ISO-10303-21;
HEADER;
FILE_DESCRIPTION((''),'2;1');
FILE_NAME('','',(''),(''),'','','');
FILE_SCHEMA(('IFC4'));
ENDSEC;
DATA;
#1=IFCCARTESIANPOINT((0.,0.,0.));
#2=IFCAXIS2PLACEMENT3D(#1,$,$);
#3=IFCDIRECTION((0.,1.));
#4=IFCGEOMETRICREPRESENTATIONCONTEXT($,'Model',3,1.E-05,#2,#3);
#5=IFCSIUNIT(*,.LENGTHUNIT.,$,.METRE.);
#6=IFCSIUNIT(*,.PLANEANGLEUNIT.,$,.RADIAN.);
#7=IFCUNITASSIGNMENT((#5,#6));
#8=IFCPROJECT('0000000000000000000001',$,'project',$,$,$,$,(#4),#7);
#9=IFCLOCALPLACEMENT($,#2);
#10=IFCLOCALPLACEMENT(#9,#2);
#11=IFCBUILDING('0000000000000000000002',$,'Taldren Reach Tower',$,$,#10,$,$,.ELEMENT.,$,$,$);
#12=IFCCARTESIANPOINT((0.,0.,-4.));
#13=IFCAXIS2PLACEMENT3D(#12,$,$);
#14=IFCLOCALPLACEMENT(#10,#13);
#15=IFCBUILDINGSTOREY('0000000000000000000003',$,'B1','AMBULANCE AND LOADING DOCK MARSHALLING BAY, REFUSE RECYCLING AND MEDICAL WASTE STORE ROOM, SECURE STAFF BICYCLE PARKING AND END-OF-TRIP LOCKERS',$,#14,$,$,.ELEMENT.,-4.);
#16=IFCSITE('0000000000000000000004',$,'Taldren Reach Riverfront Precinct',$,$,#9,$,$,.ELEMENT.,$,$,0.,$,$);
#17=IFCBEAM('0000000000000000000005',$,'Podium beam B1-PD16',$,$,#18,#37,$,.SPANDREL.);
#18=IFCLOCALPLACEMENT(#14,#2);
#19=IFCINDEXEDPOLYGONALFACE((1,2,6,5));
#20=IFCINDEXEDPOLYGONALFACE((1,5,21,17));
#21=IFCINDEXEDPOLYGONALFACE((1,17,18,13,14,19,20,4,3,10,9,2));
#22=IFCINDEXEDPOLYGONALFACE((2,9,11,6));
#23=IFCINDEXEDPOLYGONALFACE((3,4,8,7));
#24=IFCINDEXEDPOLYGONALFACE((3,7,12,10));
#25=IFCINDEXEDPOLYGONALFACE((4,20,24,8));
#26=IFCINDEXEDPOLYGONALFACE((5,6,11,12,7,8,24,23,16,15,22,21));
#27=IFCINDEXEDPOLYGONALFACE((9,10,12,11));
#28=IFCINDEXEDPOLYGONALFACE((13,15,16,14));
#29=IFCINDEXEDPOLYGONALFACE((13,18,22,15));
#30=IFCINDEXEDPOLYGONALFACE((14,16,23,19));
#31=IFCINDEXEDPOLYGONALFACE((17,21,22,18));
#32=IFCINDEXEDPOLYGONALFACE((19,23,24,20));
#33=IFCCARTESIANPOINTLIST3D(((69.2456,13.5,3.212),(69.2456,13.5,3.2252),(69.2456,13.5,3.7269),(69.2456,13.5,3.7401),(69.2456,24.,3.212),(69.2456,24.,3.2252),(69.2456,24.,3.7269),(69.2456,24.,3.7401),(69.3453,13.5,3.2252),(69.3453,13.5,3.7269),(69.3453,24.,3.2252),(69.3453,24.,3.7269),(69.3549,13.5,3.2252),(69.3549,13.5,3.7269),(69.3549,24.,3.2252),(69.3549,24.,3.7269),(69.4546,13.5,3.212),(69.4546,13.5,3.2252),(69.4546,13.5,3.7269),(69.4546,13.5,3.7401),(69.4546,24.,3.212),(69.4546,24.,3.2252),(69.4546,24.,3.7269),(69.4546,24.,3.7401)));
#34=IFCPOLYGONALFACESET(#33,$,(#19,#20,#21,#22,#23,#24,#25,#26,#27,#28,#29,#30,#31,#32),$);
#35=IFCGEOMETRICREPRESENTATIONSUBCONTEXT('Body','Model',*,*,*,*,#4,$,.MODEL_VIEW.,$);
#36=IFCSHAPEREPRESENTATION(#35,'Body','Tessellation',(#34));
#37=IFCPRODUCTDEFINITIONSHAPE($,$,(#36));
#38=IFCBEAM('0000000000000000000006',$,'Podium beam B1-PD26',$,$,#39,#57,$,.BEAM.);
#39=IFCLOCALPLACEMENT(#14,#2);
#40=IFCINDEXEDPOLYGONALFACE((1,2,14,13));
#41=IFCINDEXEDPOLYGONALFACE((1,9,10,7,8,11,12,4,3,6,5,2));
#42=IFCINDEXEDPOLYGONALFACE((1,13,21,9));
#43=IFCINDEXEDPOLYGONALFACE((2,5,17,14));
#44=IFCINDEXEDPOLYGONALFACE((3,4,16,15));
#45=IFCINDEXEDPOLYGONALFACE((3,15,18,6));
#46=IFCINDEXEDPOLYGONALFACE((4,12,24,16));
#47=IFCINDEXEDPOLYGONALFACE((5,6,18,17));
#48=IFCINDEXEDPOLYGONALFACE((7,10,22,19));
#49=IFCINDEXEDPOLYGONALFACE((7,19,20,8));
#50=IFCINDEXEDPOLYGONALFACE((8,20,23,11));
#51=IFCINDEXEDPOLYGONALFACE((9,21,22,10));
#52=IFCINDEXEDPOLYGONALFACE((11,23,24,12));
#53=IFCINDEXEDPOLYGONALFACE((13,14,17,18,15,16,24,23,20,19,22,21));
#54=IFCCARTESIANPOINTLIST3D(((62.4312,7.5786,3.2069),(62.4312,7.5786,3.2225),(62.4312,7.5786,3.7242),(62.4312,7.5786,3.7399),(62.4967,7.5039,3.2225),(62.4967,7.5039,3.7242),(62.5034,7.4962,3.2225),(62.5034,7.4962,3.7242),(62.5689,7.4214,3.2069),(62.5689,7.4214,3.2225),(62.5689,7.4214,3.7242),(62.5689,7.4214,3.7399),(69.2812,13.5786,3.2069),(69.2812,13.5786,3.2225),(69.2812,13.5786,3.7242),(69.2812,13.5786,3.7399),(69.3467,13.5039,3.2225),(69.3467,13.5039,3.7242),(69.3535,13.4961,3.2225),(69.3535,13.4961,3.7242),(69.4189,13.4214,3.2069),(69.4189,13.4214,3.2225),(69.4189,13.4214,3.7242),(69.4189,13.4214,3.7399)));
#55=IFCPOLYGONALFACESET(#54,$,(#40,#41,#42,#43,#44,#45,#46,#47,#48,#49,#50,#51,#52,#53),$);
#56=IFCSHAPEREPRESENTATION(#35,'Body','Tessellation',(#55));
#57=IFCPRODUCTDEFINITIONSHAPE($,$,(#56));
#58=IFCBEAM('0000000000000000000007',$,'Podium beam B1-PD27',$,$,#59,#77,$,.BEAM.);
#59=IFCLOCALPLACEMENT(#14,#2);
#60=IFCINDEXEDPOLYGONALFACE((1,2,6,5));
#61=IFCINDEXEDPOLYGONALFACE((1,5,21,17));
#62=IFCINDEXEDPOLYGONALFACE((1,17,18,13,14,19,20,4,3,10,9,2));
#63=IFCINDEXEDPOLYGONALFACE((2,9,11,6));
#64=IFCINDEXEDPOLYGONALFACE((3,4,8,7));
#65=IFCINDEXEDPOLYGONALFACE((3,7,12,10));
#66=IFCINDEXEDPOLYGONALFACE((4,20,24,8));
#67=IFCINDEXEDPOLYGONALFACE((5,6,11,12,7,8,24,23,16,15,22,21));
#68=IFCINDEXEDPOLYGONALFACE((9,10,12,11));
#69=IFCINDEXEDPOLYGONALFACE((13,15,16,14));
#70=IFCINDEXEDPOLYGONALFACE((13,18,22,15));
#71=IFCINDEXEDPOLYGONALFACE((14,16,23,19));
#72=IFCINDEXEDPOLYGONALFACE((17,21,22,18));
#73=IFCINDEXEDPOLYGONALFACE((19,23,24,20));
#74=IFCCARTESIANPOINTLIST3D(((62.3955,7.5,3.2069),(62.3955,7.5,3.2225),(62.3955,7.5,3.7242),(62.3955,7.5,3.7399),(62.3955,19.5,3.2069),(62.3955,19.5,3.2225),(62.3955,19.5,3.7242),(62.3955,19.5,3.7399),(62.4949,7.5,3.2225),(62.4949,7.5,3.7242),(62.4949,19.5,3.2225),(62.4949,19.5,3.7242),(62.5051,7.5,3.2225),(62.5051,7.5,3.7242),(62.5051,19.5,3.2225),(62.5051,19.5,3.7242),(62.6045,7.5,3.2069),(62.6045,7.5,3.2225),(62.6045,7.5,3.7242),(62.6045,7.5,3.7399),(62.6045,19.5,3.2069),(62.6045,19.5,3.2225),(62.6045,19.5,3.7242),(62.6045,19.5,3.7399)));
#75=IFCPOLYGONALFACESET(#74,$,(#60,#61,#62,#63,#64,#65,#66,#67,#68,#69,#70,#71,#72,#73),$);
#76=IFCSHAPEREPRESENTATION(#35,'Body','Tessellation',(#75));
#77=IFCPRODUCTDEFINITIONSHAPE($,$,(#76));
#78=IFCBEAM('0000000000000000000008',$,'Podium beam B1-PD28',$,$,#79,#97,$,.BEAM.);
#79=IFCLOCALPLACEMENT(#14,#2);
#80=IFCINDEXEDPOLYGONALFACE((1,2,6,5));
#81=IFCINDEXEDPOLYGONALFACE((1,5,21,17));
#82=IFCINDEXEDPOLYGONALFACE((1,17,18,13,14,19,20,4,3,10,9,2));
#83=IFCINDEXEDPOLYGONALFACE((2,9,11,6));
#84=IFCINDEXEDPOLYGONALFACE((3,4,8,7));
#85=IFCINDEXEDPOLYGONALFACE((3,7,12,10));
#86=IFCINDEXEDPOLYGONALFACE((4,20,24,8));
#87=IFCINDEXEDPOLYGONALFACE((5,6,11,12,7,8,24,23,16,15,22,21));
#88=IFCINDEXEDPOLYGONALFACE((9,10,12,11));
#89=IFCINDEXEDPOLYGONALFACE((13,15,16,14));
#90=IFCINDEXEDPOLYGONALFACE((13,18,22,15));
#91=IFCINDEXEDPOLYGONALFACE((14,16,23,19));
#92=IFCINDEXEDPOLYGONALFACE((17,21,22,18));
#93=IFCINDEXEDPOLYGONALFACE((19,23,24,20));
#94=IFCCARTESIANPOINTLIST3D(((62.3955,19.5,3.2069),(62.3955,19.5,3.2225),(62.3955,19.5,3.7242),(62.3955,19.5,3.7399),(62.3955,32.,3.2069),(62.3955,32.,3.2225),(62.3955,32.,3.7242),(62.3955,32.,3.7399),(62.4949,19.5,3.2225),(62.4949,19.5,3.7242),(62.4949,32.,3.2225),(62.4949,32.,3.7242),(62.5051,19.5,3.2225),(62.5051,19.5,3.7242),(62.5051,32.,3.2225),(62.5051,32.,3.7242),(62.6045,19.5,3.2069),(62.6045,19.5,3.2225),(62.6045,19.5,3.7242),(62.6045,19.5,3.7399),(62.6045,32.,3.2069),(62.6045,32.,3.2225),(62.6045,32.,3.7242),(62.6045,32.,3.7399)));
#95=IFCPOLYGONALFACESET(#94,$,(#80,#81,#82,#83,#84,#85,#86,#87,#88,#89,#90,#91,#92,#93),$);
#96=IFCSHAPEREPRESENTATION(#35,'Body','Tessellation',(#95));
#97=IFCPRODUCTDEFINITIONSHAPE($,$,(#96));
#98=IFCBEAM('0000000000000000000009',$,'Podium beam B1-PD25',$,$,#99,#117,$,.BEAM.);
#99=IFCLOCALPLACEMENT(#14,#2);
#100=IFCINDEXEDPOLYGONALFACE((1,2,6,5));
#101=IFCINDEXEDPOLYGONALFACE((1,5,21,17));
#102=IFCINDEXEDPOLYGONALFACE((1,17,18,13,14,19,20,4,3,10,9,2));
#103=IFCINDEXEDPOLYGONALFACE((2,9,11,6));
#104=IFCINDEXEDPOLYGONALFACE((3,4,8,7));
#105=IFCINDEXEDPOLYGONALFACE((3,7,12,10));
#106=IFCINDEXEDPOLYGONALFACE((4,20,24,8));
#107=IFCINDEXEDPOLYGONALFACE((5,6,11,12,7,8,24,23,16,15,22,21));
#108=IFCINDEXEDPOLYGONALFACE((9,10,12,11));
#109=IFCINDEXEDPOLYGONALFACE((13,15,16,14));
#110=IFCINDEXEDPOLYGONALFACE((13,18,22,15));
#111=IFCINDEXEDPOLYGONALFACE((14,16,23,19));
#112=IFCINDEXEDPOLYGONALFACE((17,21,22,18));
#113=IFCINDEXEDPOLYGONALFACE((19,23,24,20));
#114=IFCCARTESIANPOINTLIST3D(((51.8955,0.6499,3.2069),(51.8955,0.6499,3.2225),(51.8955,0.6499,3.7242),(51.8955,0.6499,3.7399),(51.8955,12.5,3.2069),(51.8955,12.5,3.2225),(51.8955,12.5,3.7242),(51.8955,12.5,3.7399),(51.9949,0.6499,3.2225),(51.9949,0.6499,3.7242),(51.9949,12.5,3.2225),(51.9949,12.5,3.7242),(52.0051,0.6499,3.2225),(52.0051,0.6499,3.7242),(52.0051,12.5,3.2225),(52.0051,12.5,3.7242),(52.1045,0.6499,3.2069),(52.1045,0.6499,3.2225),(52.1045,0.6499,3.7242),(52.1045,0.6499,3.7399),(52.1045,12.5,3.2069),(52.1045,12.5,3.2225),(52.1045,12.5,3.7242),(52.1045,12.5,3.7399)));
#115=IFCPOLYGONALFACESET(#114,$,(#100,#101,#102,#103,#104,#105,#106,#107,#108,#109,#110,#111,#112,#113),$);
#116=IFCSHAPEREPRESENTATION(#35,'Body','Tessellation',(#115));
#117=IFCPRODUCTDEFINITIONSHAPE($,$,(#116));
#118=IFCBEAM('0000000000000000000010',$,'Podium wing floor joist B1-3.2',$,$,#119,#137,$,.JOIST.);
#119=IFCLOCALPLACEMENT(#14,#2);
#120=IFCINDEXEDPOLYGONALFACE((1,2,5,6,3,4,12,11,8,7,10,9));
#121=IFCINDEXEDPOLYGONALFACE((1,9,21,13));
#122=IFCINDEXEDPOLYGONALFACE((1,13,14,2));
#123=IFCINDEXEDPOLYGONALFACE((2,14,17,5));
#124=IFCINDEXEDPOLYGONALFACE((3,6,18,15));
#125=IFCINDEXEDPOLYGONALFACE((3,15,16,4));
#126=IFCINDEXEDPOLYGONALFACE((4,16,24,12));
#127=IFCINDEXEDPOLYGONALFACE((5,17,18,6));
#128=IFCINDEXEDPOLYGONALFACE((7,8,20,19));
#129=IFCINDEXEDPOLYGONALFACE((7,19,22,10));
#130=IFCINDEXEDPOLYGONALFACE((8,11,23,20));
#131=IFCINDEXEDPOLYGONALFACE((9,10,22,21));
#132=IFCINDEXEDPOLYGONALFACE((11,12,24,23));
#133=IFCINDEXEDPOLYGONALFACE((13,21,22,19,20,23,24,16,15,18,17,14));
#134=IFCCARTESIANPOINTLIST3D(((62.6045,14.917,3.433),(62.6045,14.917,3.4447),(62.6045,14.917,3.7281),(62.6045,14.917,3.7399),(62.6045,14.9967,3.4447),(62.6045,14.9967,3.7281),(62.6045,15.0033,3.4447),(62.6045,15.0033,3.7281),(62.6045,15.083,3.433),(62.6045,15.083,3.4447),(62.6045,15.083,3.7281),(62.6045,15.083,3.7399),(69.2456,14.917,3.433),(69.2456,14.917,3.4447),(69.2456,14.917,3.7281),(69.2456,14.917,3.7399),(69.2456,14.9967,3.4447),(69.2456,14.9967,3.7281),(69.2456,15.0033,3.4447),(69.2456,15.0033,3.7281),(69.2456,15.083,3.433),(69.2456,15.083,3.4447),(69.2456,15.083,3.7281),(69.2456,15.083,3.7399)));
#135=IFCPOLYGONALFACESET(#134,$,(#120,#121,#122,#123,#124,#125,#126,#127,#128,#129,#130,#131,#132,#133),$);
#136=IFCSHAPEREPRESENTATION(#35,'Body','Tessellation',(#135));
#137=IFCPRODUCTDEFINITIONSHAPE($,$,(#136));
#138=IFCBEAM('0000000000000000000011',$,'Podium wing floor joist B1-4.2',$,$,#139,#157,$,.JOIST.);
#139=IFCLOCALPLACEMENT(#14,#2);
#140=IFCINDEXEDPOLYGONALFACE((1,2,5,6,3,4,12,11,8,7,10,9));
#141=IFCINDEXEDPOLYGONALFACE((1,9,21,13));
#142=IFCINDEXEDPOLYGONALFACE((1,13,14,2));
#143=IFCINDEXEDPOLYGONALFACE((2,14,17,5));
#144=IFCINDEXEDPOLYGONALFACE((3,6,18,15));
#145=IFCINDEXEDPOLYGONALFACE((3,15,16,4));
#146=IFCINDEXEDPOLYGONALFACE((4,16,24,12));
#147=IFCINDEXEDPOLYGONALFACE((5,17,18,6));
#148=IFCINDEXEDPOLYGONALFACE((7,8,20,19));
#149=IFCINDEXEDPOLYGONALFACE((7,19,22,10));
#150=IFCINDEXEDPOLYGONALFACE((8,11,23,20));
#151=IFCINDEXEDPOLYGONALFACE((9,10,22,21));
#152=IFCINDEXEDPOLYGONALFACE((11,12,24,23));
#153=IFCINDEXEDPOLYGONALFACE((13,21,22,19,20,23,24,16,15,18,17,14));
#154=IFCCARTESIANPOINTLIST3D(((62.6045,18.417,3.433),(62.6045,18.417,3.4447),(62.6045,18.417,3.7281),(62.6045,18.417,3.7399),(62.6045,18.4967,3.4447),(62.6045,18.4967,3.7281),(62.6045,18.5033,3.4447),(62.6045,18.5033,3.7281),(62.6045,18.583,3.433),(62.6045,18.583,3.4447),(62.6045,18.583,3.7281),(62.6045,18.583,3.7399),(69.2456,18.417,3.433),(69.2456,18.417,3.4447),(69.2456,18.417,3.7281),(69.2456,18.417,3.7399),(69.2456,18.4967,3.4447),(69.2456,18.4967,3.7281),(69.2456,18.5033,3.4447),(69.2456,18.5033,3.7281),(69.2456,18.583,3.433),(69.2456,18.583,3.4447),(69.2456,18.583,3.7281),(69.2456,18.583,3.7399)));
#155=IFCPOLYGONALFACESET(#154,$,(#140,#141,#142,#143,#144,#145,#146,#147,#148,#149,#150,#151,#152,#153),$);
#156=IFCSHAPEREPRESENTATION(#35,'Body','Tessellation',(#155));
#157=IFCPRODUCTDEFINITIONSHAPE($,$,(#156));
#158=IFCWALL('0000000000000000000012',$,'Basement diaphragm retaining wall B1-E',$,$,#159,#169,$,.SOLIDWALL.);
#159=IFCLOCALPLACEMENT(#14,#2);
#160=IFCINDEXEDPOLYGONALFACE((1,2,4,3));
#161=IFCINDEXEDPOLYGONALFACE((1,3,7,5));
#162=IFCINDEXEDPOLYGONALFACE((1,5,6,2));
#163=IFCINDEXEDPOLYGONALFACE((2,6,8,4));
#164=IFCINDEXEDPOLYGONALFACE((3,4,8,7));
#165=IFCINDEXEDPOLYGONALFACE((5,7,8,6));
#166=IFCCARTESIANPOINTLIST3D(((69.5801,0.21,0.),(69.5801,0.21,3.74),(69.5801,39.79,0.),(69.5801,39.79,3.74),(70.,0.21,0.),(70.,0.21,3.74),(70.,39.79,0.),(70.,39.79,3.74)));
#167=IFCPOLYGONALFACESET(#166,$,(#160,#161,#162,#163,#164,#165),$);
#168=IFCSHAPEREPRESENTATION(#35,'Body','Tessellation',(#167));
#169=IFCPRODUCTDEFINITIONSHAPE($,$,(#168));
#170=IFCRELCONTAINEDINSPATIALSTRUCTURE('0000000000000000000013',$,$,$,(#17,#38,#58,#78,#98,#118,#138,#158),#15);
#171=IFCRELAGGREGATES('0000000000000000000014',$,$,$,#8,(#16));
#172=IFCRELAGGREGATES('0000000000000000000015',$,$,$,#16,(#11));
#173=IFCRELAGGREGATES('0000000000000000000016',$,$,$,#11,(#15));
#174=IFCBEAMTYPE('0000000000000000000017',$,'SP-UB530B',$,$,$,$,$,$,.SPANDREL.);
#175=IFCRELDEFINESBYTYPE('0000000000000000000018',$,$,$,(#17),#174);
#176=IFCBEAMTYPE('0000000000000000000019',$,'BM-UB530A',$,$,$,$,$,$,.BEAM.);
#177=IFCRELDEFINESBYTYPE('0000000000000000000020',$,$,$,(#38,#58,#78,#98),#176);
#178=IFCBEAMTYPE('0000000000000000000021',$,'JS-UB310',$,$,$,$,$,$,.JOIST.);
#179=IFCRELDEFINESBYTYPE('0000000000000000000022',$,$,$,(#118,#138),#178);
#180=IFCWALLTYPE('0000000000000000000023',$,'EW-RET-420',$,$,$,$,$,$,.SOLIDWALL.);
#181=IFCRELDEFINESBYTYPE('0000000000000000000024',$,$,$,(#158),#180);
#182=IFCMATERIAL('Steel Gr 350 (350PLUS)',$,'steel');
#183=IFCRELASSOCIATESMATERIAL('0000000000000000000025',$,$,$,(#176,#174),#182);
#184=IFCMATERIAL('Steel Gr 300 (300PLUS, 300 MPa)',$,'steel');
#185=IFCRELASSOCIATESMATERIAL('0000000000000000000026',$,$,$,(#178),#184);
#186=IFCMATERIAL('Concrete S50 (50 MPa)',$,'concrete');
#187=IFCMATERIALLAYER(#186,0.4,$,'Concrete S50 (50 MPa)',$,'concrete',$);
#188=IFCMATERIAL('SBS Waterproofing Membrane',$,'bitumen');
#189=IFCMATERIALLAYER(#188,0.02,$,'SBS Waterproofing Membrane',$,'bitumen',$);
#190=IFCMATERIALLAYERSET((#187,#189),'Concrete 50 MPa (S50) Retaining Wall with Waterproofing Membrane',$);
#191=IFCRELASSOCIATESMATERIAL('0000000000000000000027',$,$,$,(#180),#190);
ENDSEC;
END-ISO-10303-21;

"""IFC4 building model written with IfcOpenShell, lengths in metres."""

from ifc_helpers import new_model, si_unit, direction, frame, frame_2d, origin, origin_2d, place, context, subcontext, project, spatial, rectangle, i_section, extrude, source, transform, mapped, material, layer, layer_set, material_profile, profile_set, type_object, element, save


model = new_model("IFC4")

# Units and contexts
model_context = context("Model", 3, precision=1e-05, world=origin(), true_north=direction((0.0, 1.0)))
body_context = subcontext(model_context, "Body", "Model", "MODEL_VIEW")
ifc_project = project(units=[si_unit("LENGTHUNIT", "METRE"), si_unit("PLANEANGLEUNIT", "RADIAN")], contexts=[model_context])

# Site, building, storey
site_placement = place(None, origin())
site = spatial("IfcSite", under=ifc_project, at=site_placement, Name="Taldren Reach Riverfront Precinct", CompositionType="ELEMENT", RefElevation=0.0)
building_placement = place(site_placement, origin())
building = spatial("IfcBuilding", under=site, at=building_placement, Name="Taldren Reach Tower", CompositionType="ELEMENT")
storey_placement = place(building_placement, frame((0.0, 0.0, -4.0)))
storey = spatial("IfcBuildingStorey", under=building, at=storey_placement, Name="B1", Description="AMBULANCE AND LOADING DOCK MARSHALLING BAY, REFUSE RECYCLING AND MEDICAL WASTE STORE ROOM, SECURE STAFF BICYCLE PARKING AND END-OF-TRIP LOCKERS", CompositionType="ELEMENT", Elevation=-4.0)

# Beams
ifc_material_1 = material(Name="Steel Gr 350 (350PLUS)", Category="steel")
ifc_material_profile_1 = material_profile(ifc_material_1, i_section(OverallWidth=0.209, OverallDepth=0.533, WebThickness=0.0103, FlangeThickness=0.0156, at=origin_2d()), Name="530UB92.4")
ifc_profile_set_1 = profile_set([ifc_material_profile_1], Name="Steel Gr 350 (350PLUS)")
beam_type_1 = type_object("IfcBeamType", Name="BM-UB530A", PredefinedType="BEAM", material=ifc_profile_set_1)
ifc_material_profile_2 = material_profile(ifc_material_1, i_section(OverallWidth=0.209, OverallDepth=0.5281, WebThickness=0.0095, FlangeThickness=0.0132, at=origin_2d()), Name="530UB82.0")
ifc_profile_set_2 = profile_set([ifc_material_profile_2], Name="Steel Gr 350 (350PLUS)")
beam_type_2 = type_object("IfcBeamType", Name="SP-UB530B", PredefinedType="SPANDREL", material=ifc_profile_set_2)
shared_shape_1 = source(origin(), body_context, "Body", "SweptSolid", [
    extrude(i_section(OverallWidth=0.209, OverallDepth=0.5281, WebThickness=0.0095, FlangeThickness=0.0132, at=origin_2d()), origin(), (0.0, 0.0, 1.0), 10.5),
])
beam_1_placement = place(storey_placement, frame((69.3501, 13.5, 3.4761), z_axis=(0.0, 1.0, 0.0), x_axis=(-1.0, 0.0, 0.0)))
element("IfcBeam", 1, at=beam_1_placement, inside=storey, type_object=beam_type_2, Name="Podium beam B1-PD16", PredefinedType="SPANDREL", context=body_context, shape_type="MappedRepresentation", body=[
    mapped(shared_shape_1, transform((0.0, 0.0, 0.0), scale=1.0)),
])
shared_shape_2 = source(origin(), body_context, "Body", "SweptSolid", [
    extrude(i_section(OverallWidth=0.209, OverallDepth=0.533, WebThickness=0.0103, FlangeThickness=0.0156, at=origin_2d()), origin(), (0.0, 0.0, 1.0), 9.1062),
])
beam_2_placement = place(storey_placement, frame((69.3501, 13.5, 3.4734), z_axis=(-0.752241, -0.658888, 0.0), x_axis=(0.658888, -0.752241, 0.0)))
element("IfcBeam", 2, at=beam_2_placement, inside=storey, type_object=beam_type_1, Name="Podium beam B1-PD26", PredefinedType="BEAM", context=body_context, shape_type="MappedRepresentation", body=[
    mapped(shared_shape_2, transform((0.0, 0.0, 0.0), scale=1.0)),
])
shared_shape_3 = source(origin(), body_context, "Body", "SweptSolid", [
    extrude(i_section(OverallWidth=0.209, OverallDepth=0.533, WebThickness=0.0103, FlangeThickness=0.0156, at=origin_2d()), origin(), (0.0, 0.0, 1.0), 12.0),
])
beam_3_placement = place(storey_placement, frame((62.5, 7.5, 3.4734), z_axis=(0.0, 1.0, 0.0), x_axis=(-1.0, 0.0, 0.0)))
element("IfcBeam", 3, at=beam_3_placement, inside=storey, type_object=beam_type_1, Name="Podium beam B1-PD27", PredefinedType="BEAM", context=body_context, shape_type="MappedRepresentation", body=[
    mapped(shared_shape_3, transform((0.0, 0.0, 0.0), scale=1.0)),
])
shared_shape_4 = source(origin(), body_context, "Body", "SweptSolid", [
    extrude(i_section(OverallWidth=0.209, OverallDepth=0.533, WebThickness=0.0103, FlangeThickness=0.0156, at=origin_2d()), origin(), (0.0, 0.0, 1.0), 12.5),
])
beam_4_placement = place(storey_placement, frame((62.5, 19.5, 3.4734), z_axis=(0.0, 1.0, 0.0), x_axis=(-1.0, 0.0, 0.0)))
element("IfcBeam", 4, at=beam_4_placement, inside=storey, type_object=beam_type_1, Name="Podium beam B1-PD28", PredefinedType="BEAM", context=body_context, shape_type="MappedRepresentation", body=[
    mapped(shared_shape_4, transform((0.0, 0.0, 0.0), scale=1.0)),
])
shared_shape_5 = source(origin(), body_context, "Body", "SweptSolid", [
    extrude(i_section(OverallWidth=0.209, OverallDepth=0.533, WebThickness=0.0103, FlangeThickness=0.0156, at=origin_2d()), origin(), (0.0, 0.0, 1.0), 11.8501),
])
beam_5_placement = place(storey_placement, frame((52.0, 0.6499, 3.4734), z_axis=(0.0, 1.0, 0.0), x_axis=(-1.0, 0.0, 0.0)))
element("IfcBeam", 5, at=beam_5_placement, inside=storey, type_object=beam_type_1, Name="Podium beam B1-PD25", PredefinedType="BEAM", context=body_context, shape_type="MappedRepresentation", body=[
    mapped(shared_shape_5, transform((0.0, 0.0, 0.0), scale=1.0)),
])
ifc_material_2 = material(Name="Steel Gr 300 (300PLUS, 300 MPa)", Category="steel")
ifc_material_profile_3 = material_profile(ifc_material_2, i_section(OverallWidth=0.166, OverallDepth=0.3069, WebThickness=0.0066, FlangeThickness=0.0117, at=origin_2d()), Name="310UB46.2")
ifc_profile_set_3 = profile_set([ifc_material_profile_3], Name="Steel Gr 300 (300PLUS, 300 MPa)")
beam_type_3 = type_object("IfcBeamType", Name="JS-UB310", PredefinedType="JOIST", material=ifc_profile_set_3)
shared_shape_6 = source(origin(), body_context, "Body", "SweptSolid", [
    extrude(i_section(OverallWidth=0.166, OverallDepth=0.3069, WebThickness=0.0066, FlangeThickness=0.0117, at=origin_2d()), origin(), (0.0, 0.0, 1.0), 6.6411),
])
for number, where, z_axis, x_axis, name in (
    (6, (62.6045, 15.0, 3.5864), (1.0, 0.0, 0.0), (0.0, 1.0, 0.0), "Podium wing floor joist B1-3.2"),
    (7, (62.6045, 18.5, 3.5864), (1.0, 0.0, 0.0), (0.0, 1.0, 0.0), "Podium wing floor joist B1-4.2"),
):
    element("IfcBeam", number, at=place(storey_placement, frame(where, z_axis=z_axis, x_axis=x_axis)), inside=storey, type_object=beam_type_3, Name=name, PredefinedType="JOIST", context=body_context, shape_type="MappedRepresentation", body=[
        mapped(shared_shape_6, transform((0.0, 0.0, 0.0), scale=1.0)),
    ])

# Wall
ifc_material_3 = material(Name="Concrete S50 (50 MPa)", Category="concrete")
ifc_layer_1 = layer(ifc_material_3, 0.4, Name="Concrete S50 (50 MPa)", Category="concrete")
ifc_material_4 = material(Name="SBS Waterproofing Membrane", Category="bitumen")
ifc_layer_2 = layer(ifc_material_4, 0.02, Name="SBS Waterproofing Membrane", Category="bitumen")
ifc_layer_set_1 = layer_set([ifc_layer_1, ifc_layer_2], Name="Concrete 50 MPa (S50) Retaining Wall with Waterproofing Membrane")
wall_type_1 = type_object("IfcWallType", Name="EW-RET-420", PredefinedType="SOLIDWALL", material=ifc_layer_set_1)
shared_shape_7 = source(origin(), body_context, "Body", "SweptSolid", [
    extrude(rectangle(XDim=39.5801, YDim=0.4199, at=frame_2d((19.79, 0.0))), origin(), (0.0, 0.0, 1.0), 3.74),
])
wall_1_placement = place(storey_placement, frame((69.79, 0.21, 0.0), z_axis=(0.0, 0.0, 1.0), x_axis=(0.0, 1.0, 0.0)))
element("IfcWall", 8, at=wall_1_placement, inside=storey, type_object=wall_type_1, Name="Basement diaphragm retaining wall B1-E", PredefinedType="SOLIDWALL", context=body_context, shape_type="MappedRepresentation", body=[
    mapped(shared_shape_7, transform((0.0, 0.0, 0.0), scale=1.0)),
])

save(model, "model.ifc")
